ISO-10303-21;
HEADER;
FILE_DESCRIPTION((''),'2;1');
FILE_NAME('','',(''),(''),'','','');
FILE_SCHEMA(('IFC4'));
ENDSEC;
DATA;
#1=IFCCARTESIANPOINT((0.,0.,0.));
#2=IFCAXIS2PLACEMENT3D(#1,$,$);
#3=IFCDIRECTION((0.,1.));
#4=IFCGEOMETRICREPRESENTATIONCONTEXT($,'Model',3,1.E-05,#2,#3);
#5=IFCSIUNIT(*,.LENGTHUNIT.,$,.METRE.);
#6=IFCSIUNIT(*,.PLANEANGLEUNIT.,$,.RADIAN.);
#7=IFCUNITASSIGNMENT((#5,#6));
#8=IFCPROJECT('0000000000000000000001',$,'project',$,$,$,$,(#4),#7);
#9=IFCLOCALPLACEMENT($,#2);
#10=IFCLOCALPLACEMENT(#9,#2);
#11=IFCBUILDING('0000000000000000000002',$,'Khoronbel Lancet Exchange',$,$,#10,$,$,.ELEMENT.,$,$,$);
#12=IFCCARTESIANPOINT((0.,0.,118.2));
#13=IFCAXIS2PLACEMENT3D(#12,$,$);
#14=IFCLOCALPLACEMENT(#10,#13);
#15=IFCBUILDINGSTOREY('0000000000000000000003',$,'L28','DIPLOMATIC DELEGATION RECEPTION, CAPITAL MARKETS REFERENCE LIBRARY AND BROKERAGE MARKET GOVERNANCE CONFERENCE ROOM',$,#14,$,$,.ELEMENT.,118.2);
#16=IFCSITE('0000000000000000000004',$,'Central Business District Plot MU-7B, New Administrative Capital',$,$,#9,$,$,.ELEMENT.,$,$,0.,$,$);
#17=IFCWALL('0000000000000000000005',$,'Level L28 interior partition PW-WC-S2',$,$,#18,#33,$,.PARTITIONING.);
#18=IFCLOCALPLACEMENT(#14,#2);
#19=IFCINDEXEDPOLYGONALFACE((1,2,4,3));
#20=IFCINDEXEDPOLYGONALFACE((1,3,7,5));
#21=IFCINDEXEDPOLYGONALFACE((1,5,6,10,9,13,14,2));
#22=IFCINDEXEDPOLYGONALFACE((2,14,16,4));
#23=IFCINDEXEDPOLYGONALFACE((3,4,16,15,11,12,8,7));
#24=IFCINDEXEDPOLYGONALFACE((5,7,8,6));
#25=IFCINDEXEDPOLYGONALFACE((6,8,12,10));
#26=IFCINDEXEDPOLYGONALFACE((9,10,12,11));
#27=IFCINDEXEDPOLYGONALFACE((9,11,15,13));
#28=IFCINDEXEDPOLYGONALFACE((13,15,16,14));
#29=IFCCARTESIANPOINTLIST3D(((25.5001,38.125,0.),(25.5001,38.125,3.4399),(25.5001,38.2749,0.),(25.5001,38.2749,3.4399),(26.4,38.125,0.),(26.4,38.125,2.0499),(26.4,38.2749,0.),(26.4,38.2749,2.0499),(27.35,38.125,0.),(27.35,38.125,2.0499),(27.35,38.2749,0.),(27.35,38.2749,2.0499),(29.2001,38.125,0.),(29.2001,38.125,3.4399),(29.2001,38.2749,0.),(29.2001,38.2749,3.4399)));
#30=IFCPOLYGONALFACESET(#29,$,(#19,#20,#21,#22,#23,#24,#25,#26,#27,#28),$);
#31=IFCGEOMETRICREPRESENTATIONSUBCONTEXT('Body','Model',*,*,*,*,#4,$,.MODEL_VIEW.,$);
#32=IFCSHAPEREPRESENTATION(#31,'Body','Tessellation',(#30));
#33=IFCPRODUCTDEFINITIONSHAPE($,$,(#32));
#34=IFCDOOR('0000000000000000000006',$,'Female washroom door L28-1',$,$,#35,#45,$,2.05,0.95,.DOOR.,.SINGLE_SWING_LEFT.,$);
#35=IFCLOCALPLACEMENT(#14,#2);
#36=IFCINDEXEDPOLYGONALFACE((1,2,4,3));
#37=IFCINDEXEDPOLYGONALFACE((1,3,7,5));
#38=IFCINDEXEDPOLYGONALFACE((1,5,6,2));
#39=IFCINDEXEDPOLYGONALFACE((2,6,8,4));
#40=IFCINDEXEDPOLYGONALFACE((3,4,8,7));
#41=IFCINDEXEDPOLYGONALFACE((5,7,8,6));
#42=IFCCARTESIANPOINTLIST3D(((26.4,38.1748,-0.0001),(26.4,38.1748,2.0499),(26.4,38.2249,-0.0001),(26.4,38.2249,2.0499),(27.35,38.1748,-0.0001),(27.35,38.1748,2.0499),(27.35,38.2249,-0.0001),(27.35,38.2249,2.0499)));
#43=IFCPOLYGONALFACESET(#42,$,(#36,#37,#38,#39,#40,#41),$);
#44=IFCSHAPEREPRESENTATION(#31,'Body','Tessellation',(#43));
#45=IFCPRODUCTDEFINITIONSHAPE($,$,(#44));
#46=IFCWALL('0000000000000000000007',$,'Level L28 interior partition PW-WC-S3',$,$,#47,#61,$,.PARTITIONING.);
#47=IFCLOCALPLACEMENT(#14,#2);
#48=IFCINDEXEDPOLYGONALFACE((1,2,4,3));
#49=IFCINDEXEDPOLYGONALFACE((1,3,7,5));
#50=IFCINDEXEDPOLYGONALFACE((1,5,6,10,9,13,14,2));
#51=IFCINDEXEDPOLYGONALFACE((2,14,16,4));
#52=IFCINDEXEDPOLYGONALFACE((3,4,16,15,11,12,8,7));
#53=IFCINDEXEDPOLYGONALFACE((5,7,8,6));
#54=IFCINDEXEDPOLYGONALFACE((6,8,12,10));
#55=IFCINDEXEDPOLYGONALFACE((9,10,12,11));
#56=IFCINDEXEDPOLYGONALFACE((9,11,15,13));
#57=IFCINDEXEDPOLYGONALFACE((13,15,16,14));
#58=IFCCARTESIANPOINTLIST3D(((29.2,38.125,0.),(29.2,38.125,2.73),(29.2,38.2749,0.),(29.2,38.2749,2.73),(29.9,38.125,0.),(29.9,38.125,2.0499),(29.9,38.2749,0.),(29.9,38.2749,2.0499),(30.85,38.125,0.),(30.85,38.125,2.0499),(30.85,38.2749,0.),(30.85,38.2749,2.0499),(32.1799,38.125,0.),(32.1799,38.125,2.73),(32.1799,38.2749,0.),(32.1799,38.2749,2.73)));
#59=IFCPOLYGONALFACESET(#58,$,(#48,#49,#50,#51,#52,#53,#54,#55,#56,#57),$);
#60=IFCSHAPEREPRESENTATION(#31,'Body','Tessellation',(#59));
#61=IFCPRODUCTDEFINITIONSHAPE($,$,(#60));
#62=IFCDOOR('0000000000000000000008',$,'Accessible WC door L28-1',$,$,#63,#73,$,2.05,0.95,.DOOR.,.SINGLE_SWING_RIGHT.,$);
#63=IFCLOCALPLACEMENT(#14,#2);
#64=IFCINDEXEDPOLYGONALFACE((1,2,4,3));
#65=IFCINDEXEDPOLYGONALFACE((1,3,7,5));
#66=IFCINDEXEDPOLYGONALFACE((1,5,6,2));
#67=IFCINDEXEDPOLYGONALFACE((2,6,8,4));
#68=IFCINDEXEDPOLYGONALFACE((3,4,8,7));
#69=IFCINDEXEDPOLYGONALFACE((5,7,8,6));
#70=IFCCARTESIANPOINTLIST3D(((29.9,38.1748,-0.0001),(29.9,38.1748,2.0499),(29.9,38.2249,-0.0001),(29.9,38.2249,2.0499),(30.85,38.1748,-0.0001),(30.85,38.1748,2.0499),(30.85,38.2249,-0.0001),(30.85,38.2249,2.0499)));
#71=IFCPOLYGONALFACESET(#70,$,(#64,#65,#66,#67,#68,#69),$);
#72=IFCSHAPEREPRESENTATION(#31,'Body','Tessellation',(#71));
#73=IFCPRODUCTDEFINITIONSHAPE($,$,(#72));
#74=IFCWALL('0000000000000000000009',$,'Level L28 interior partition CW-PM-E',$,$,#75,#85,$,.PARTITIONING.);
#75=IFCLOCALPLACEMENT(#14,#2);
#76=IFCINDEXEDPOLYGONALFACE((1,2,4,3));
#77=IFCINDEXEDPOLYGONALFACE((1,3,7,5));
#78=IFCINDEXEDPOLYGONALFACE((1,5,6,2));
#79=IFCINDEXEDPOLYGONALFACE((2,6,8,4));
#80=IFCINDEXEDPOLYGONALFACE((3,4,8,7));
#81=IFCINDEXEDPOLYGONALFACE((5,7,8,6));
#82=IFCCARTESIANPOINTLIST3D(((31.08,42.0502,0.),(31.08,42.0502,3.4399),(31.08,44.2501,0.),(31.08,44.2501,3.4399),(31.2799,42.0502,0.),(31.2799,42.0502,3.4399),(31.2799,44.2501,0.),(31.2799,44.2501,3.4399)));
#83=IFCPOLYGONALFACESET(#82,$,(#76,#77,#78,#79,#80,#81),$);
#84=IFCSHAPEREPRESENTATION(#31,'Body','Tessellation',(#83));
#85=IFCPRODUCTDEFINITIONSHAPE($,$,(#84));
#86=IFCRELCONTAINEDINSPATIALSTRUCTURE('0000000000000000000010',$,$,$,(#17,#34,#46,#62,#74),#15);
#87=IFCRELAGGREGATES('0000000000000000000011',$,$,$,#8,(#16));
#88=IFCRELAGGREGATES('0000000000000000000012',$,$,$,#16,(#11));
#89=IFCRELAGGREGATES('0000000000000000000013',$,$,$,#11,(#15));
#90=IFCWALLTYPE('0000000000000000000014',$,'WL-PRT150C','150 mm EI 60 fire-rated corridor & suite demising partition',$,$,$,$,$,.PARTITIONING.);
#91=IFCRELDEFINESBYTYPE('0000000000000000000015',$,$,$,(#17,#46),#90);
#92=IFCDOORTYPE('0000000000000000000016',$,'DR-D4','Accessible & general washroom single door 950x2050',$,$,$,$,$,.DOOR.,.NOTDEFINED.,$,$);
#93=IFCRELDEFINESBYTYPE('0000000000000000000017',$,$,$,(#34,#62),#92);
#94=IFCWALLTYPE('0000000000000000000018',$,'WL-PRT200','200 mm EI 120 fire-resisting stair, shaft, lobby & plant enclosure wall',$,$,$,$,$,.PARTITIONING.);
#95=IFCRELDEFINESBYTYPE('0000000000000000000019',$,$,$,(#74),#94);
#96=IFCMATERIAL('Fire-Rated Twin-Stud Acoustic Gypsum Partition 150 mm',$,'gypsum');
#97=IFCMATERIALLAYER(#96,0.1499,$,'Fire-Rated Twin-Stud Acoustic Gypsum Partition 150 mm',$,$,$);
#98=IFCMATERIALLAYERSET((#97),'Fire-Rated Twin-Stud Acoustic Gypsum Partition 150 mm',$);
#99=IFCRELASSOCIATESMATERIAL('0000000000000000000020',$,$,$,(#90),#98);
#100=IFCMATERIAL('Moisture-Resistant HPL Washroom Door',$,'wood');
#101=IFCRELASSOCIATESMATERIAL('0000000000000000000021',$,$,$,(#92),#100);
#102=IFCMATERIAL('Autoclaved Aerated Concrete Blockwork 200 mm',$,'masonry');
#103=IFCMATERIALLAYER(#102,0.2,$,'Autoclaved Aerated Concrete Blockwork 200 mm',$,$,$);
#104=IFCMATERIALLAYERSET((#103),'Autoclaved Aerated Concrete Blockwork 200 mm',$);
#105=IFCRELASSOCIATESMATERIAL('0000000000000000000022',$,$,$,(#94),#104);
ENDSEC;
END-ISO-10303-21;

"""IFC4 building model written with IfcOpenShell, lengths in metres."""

from ifc_helpers import new_model, si_unit, direction, frame, frame_2d, origin, place, context, subcontext, project, spatial, rectangle, extrude, material, layer, layer_set, type_object, element, fill, save


model = new_model("IFC4")

# Units and contexts
model_context = context("Model", 3, precision=1e-05, world=origin(), true_north=direction((0.0, 1.0)))
body_context = subcontext(model_context, "Body", "Model", "MODEL_VIEW")
ifc_project = project(units=[si_unit("LENGTHUNIT", "METRE"), si_unit("PLANEANGLEUNIT", "RADIAN")], contexts=[model_context])

# Site, building, storey
site_placement = place(None, origin())
site = spatial("IfcSite", under=ifc_project, at=site_placement, Name="Central Business District Plot MU-7B, New Administrative Capital", CompositionType="ELEMENT", RefElevation=0.0)
building_placement = place(site_placement, origin())
building = spatial("IfcBuilding", under=site, at=building_placement, Name="Khoronbel Lancet Exchange", CompositionType="ELEMENT")
storey_placement = place(building_placement, frame((0.0, 0.0, 118.2)))
storey = spatial("IfcBuildingStorey", under=building, at=storey_placement, Name="L28", Description="DIPLOMATIC DELEGATION RECEPTION, CAPITAL MARKETS REFERENCE LIBRARY AND BROKERAGE MARKET GOVERNANCE CONFERENCE ROOM", CompositionType="ELEMENT", Elevation=118.2)

# Walls, openings, doors
ifc_material_1 = material(Name="Fire-Rated Twin-Stud Acoustic Gypsum Partition 150 mm", Category="gypsum")
ifc_layer_1 = layer(ifc_material_1, 0.1499, Name="Fire-Rated Twin-Stud Acoustic Gypsum Partition 150 mm")
ifc_layer_set_1 = layer_set([ifc_layer_1], Name="Fire-Rated Twin-Stud Acoustic Gypsum Partition 150 mm")
wall_type_1 = type_object("IfcWallType", Name="WL-PRT150C", Description="150 mm EI 60 fire-rated corridor & suite demising partition", PredefinedType="PARTITIONING", material=ifc_layer_set_1)
wall_1_placement = place(storey_placement, frame((25.5, 38.2, 0.0), z_axis=(0.0, 0.0, 1.0), x_axis=(1.0, 0.0, 0.0)))
wall_1 = element("IfcWall", 1, at=wall_1_placement, inside=storey, type_object=wall_type_1, Name="Level L28 interior partition PW-WC-S2", PredefinedType="PARTITIONING", context=body_context, shape_type="SweptSolid", body=[
    extrude(rectangle(XDim=3.7, YDim=0.1499, at=frame_2d((1.8501, 0.0))), origin(), (0.0, 0.0, 1.0), 3.4399),
])
opening_1_placement = place(wall_1_placement, frame((0.8999, 0.0, 0.0)))
opening_1 = element("IfcOpeningElement", 2, at=opening_1_placement, cuts=wall_1, PredefinedType="OPENING", context=body_context, shape_type="SweptSolid", body=[
    extrude(rectangle(XDim=0.95, YDim=2.05, at=frame_2d((0.4751, 1.0249))), frame((0.0, 0.085, 0.0), z_axis=(0.0, -1.0, 0.0), x_axis=(1.0, 0.0, 0.0)), (0.0, 0.0, 1.0), 0.1699),
])
ifc_material_2 = material(Name="Moisture-Resistant HPL Washroom Door", Category="wood")
door_type = type_object("IfcDoorType", Name="DR-D4", Description="Accessible & general washroom single door 950x2050", OperationType="NOTDEFINED", PredefinedType="DOOR", material=ifc_material_2)
door_1_placement = place(opening_1_placement, origin())
door_1 = element("IfcDoor", 3, at=door_1_placement, inside=storey, type_object=door_type, Name="Female washroom door L28-1", OperationType="SINGLE_SWING_LEFT", OverallHeight=2.05, OverallWidth=0.95, PredefinedType="DOOR", context=body_context, shape_type="SweptSolid", body=[
    extrude(rectangle(XDim=0.95, YDim=2.05, at=frame_2d((0.4751, 1.0249))), frame((0.0, 0.0249, 0.0), z_axis=(0.0, -1.0, 0.0), x_axis=(1.0, 0.0, 0.0)), (0.0, 0.0, 1.0), 0.05),
])
fill(opening_1, door_1)
wall_2_placement = place(storey_placement, frame((29.2, 38.2, 0.0), z_axis=(0.0, 0.0, 1.0), x_axis=(1.0, 0.0, 0.0)))
wall_2 = element("IfcWall", 4, at=wall_2_placement, inside=storey, type_object=wall_type_1, Name="Level L28 interior partition PW-WC-S3", PredefinedType="PARTITIONING", context=body_context, shape_type="SweptSolid", body=[
    extrude(rectangle(XDim=2.98, YDim=0.1499, at=frame_2d((1.49, 0.0))), origin(), (0.0, 0.0, 1.0), 2.73),
])
opening_2_placement = place(wall_2_placement, frame((0.7, 0.0, 0.0)))
opening_2 = element("IfcOpeningElement", 5, at=opening_2_placement, cuts=wall_2, PredefinedType="OPENING", context=body_context, shape_type="SweptSolid", body=[
    extrude(rectangle(XDim=0.95, YDim=2.05, at=frame_2d((0.4751, 1.0249))), frame((0.0, 0.085, 0.0), z_axis=(0.0, -1.0, 0.0), x_axis=(1.0, 0.0, 0.0)), (0.0, 0.0, 1.0), 0.1699),
])
door_2_placement = place(opening_2_placement, origin())
door_2 = element("IfcDoor", 6, at=door_2_placement, inside=storey, type_object=door_type, Name="Accessible WC door L28-1", OperationType="SINGLE_SWING_RIGHT", OverallHeight=2.05, OverallWidth=0.95, PredefinedType="DOOR", context=body_context, shape_type="SweptSolid", body=[
    extrude(rectangle(XDim=0.95, YDim=2.05, at=frame_2d((0.4751, 1.0249))), frame((0.0, 0.0249, 0.0), z_axis=(0.0, -1.0, 0.0), x_axis=(1.0, 0.0, 0.0)), (0.0, 0.0, 1.0), 0.05),
])
fill(opening_2, door_2)

# Wall
ifc_material_3 = material(Name="Autoclaved Aerated Concrete Blockwork 200 mm", Category="masonry")
ifc_layer_2 = layer(ifc_material_3, 0.2, Name="Autoclaved Aerated Concrete Blockwork 200 mm")
ifc_layer_set_2 = layer_set([ifc_layer_2], Name="Autoclaved Aerated Concrete Blockwork 200 mm")
wall_type_2 = type_object("IfcWallType", Name="WL-PRT200", Description="200 mm EI 120 fire-resisting stair, shaft, lobby & plant enclosure wall", PredefinedType="PARTITIONING", material=ifc_layer_set_2)
wall_3_placement = place(storey_placement, frame((31.1799, 42.05, 0.0), z_axis=(0.0, 0.0, 1.0), x_axis=(0.0, 1.0, 0.0)))
element("IfcWall", 7, at=wall_3_placement, inside=storey, type_object=wall_type_2, Name="Level L28 interior partition CW-PM-E", PredefinedType="PARTITIONING", context=body_context, shape_type="SweptSolid", body=[
    extrude(rectangle(XDim=2.2, YDim=0.2, at=frame_2d((1.1001, 0.0))), origin(), (0.0, 0.0, 1.0), 3.4399),
])

save(model, "model.ifc")
